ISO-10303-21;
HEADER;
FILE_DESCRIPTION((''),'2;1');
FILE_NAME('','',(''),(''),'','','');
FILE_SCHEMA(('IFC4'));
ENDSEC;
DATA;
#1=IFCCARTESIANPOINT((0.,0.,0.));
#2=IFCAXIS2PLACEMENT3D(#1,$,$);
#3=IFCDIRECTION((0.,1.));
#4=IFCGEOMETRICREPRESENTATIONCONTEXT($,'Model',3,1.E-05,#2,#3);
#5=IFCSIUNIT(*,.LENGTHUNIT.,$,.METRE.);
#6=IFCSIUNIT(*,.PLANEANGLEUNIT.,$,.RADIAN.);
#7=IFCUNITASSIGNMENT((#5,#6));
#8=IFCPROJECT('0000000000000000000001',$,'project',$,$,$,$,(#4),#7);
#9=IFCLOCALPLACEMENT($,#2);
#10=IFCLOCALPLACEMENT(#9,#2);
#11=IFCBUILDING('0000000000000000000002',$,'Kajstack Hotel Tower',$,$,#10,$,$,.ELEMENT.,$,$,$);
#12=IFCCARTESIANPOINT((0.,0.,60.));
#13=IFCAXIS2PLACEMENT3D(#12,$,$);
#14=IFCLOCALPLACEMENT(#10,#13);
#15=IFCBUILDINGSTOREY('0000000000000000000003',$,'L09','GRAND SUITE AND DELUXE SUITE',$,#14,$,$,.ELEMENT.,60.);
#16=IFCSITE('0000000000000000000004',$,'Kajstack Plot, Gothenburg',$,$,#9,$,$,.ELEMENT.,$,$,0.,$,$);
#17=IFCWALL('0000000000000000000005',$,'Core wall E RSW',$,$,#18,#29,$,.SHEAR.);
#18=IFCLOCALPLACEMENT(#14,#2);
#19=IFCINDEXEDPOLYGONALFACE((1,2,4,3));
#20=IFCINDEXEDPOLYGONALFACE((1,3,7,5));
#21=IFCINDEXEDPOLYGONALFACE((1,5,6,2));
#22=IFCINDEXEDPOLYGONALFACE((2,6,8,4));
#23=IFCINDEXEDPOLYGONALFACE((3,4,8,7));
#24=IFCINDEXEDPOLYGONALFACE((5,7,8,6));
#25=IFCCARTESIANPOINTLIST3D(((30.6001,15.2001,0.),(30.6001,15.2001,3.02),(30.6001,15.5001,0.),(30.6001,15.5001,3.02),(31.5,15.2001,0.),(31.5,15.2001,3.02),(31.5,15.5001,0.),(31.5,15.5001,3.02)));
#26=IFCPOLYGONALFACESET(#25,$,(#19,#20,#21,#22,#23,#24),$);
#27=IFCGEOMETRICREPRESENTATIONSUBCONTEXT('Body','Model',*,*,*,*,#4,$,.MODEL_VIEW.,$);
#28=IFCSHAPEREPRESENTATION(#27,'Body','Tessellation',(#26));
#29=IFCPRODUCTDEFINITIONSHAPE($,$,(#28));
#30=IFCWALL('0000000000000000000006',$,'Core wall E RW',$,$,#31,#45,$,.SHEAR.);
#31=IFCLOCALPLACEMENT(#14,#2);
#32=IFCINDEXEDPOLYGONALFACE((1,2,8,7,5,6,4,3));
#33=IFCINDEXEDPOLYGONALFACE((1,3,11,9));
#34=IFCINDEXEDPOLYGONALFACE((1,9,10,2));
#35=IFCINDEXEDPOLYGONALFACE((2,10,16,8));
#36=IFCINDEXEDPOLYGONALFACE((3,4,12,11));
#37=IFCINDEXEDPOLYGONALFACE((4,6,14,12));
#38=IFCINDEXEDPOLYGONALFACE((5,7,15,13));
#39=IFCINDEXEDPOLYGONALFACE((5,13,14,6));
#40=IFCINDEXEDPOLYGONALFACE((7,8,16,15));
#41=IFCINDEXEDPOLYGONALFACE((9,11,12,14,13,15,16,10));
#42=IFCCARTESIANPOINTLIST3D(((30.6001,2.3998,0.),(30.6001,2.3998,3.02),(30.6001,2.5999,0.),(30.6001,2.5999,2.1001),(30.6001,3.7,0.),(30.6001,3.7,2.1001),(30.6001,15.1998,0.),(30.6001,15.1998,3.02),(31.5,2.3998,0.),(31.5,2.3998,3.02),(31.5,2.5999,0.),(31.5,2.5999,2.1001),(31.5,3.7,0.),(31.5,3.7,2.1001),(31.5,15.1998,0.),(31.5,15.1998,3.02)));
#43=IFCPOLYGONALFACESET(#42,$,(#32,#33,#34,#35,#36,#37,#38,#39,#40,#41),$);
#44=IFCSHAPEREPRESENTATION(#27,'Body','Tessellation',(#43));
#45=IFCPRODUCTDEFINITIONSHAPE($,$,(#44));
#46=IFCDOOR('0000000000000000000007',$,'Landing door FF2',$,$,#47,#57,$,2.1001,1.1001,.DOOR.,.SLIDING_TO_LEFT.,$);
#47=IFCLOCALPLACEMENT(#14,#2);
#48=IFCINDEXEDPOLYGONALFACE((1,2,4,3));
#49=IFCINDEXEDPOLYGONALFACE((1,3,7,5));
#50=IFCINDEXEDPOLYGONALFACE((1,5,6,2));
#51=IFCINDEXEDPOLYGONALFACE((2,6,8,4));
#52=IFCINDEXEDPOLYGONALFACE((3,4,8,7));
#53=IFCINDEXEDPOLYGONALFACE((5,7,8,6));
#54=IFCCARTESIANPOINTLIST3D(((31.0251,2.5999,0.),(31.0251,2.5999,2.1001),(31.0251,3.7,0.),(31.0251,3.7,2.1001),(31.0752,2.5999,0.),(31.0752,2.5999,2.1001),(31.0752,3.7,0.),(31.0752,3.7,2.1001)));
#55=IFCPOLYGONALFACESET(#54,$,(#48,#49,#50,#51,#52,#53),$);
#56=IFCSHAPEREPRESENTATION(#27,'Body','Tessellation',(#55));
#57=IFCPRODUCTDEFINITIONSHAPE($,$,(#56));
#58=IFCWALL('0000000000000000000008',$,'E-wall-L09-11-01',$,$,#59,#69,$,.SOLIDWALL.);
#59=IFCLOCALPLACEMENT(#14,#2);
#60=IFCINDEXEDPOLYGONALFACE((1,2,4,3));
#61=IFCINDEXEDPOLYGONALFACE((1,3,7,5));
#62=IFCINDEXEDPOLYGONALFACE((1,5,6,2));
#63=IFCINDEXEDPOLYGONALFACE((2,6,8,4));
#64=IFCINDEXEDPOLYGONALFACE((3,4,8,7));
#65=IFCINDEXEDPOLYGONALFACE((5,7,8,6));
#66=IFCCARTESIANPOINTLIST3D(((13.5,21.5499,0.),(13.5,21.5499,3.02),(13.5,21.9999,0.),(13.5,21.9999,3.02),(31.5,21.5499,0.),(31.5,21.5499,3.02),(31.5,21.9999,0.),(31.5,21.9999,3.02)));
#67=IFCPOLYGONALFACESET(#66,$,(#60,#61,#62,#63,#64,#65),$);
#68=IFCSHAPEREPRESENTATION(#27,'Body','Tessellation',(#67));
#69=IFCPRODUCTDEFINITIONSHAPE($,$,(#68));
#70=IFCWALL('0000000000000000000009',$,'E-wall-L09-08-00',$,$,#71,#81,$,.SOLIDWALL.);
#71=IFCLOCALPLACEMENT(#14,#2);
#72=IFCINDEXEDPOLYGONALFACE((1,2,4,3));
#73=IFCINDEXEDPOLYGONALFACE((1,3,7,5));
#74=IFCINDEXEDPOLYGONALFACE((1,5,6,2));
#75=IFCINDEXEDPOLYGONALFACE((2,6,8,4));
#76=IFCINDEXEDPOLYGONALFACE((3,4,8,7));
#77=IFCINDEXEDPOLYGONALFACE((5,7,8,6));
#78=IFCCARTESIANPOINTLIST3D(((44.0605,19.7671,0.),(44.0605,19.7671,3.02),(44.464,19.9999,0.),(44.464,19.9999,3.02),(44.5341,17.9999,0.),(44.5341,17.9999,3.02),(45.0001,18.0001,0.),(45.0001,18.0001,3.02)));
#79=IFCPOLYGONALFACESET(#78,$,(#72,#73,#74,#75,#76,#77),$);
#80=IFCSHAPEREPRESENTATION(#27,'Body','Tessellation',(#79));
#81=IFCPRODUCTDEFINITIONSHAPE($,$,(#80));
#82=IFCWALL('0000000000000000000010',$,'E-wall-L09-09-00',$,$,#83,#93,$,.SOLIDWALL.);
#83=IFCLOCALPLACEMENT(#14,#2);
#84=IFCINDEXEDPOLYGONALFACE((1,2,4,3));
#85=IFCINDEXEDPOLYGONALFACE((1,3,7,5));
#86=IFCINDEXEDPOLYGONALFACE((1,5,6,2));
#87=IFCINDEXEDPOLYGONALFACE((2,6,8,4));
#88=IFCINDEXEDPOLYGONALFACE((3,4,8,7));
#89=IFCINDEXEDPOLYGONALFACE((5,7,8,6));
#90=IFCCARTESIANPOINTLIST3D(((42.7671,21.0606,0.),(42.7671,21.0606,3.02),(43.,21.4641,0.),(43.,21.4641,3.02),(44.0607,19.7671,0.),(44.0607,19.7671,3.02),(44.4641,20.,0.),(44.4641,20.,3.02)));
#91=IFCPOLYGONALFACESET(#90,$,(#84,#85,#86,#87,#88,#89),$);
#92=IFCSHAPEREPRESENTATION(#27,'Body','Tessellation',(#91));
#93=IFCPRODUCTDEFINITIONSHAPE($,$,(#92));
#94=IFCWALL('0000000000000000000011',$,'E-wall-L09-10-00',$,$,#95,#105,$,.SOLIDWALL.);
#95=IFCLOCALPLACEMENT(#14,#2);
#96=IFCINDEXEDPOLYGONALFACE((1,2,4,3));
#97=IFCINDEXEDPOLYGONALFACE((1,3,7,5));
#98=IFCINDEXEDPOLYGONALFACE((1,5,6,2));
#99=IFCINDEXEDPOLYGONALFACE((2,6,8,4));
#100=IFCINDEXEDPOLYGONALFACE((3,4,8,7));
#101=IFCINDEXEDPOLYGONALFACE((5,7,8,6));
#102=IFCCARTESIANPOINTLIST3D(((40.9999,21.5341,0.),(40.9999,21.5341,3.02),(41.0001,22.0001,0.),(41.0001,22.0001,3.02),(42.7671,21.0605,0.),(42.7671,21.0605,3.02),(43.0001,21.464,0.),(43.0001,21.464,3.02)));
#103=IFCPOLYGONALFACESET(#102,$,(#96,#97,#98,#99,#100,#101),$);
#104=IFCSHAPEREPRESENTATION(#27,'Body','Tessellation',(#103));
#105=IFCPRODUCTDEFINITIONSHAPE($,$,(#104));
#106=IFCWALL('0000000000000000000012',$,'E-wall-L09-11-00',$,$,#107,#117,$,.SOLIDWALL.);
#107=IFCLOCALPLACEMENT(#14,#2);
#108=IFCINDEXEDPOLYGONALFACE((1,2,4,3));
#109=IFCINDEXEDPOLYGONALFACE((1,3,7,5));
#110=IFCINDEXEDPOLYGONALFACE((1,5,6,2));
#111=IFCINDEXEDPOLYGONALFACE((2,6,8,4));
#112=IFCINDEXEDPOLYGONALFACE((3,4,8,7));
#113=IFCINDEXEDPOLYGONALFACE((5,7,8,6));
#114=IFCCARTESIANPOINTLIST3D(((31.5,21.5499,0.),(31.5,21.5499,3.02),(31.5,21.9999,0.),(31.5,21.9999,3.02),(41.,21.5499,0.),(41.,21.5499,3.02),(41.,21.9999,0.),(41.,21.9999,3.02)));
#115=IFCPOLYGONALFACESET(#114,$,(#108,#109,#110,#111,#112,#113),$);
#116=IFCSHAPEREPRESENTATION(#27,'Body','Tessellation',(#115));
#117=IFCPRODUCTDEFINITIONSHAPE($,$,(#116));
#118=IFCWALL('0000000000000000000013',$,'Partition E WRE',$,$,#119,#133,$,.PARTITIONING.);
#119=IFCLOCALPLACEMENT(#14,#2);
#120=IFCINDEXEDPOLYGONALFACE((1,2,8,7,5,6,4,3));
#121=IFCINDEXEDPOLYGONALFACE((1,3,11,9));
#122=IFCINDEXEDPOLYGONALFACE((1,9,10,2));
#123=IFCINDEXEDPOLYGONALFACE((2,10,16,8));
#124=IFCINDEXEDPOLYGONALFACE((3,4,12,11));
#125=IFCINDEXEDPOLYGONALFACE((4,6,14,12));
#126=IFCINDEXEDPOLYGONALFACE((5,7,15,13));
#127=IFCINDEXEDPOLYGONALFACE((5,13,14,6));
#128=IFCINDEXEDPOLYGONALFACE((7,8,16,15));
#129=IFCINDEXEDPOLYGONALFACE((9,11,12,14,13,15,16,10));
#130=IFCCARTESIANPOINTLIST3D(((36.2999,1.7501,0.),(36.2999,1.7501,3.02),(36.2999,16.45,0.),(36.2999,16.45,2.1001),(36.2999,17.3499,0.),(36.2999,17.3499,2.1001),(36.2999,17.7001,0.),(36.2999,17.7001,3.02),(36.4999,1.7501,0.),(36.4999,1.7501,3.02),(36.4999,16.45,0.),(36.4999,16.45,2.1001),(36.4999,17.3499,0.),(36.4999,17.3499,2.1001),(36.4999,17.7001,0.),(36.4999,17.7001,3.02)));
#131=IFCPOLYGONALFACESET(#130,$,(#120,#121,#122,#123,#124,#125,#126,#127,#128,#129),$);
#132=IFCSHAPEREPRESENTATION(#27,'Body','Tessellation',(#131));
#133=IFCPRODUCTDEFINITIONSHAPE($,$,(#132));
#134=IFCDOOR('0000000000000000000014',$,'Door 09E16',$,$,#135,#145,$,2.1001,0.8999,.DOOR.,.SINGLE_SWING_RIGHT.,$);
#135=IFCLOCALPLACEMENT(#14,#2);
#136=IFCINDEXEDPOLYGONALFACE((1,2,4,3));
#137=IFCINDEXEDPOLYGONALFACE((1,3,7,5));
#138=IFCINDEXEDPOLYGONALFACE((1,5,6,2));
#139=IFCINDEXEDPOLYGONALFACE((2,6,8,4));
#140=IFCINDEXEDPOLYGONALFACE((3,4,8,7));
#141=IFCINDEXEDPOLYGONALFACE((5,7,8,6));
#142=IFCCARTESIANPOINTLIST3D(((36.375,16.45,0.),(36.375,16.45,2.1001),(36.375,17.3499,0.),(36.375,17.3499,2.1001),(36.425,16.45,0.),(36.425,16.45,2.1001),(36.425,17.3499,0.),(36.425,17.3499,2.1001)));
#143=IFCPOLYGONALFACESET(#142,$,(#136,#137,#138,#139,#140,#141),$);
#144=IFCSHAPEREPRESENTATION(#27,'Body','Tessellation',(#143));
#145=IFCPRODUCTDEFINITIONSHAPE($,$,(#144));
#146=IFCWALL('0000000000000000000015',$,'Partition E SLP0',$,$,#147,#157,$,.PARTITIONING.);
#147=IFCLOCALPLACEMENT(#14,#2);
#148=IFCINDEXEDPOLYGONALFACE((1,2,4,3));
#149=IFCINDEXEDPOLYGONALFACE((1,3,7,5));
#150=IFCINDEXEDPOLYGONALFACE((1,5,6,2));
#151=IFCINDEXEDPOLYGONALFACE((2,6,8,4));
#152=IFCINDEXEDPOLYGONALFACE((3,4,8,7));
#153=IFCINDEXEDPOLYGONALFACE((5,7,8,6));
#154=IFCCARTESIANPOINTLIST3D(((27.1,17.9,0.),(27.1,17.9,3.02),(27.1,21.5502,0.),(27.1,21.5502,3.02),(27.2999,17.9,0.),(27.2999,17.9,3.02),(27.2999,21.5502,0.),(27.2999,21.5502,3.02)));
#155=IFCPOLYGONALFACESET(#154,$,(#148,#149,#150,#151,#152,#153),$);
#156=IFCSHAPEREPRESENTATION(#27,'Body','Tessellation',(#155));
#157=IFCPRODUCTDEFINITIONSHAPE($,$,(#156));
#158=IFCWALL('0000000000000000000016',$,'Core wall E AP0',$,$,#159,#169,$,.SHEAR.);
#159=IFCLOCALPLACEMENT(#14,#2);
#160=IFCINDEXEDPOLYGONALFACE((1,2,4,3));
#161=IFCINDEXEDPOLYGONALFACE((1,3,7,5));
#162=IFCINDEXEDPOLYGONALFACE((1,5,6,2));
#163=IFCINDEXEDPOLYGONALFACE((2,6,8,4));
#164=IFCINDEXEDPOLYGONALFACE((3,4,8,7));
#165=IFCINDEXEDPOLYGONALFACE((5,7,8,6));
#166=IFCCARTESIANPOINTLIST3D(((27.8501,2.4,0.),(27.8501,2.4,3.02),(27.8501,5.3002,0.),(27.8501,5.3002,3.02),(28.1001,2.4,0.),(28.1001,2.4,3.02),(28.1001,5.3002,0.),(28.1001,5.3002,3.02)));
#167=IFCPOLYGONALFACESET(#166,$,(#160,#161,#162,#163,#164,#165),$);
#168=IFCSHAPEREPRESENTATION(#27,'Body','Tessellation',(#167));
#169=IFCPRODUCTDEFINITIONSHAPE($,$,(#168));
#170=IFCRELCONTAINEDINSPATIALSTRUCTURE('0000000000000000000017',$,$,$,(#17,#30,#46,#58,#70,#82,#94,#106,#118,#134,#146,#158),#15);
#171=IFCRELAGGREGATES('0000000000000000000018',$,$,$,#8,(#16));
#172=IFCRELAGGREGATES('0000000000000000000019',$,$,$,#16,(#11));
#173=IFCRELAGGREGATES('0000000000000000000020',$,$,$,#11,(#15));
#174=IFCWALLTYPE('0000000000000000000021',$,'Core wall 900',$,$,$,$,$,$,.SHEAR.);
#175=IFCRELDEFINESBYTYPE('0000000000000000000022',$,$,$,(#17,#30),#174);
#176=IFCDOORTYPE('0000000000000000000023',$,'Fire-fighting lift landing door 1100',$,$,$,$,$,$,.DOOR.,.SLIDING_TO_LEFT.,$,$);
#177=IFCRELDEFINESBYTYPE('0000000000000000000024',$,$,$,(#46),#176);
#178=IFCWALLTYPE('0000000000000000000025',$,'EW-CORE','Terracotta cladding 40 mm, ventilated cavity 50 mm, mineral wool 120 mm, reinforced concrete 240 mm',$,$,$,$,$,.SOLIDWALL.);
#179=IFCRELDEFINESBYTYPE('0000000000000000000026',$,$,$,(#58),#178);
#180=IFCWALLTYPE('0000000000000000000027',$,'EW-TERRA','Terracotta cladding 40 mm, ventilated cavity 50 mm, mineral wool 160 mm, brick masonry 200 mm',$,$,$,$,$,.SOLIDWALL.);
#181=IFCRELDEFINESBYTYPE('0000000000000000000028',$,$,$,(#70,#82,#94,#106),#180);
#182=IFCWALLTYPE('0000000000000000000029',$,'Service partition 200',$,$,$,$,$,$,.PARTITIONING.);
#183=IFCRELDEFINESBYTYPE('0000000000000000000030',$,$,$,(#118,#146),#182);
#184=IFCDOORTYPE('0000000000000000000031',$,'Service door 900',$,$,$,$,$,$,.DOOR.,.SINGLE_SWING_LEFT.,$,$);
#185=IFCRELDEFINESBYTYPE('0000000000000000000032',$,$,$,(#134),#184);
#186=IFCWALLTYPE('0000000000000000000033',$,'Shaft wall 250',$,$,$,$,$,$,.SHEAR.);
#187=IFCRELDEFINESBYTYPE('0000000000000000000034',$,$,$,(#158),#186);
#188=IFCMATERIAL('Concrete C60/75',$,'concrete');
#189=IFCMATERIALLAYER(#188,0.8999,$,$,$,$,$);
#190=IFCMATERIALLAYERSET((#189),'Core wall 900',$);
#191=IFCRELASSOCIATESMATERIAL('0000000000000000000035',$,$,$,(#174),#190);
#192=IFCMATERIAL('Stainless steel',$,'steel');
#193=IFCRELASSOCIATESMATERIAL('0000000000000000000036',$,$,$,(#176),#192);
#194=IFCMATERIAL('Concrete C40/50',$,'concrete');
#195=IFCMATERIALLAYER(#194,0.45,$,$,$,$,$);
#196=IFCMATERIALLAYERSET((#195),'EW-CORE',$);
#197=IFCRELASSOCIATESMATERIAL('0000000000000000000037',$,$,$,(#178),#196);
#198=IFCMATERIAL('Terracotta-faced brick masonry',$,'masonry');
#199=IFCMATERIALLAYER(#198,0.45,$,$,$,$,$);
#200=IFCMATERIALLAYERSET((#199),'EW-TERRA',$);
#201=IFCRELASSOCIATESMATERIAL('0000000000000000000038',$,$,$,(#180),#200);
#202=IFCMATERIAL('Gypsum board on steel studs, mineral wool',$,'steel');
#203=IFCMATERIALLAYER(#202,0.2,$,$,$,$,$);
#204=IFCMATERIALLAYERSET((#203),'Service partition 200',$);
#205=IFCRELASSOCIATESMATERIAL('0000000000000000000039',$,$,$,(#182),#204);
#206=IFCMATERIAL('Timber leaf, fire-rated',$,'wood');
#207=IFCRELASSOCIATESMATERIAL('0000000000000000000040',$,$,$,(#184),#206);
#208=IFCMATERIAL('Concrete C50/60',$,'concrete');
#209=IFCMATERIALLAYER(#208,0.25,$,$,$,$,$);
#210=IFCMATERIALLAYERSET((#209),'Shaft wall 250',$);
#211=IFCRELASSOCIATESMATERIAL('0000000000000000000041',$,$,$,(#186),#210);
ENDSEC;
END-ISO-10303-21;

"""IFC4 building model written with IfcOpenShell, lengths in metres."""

from ifc_helpers import new_model, si_unit, direction, frame, frame_2d, origin, place, context, subcontext, project, spatial, polyline, rectangle, outline, extrude, material, layer, layer_set, type_object, element, fill, save


model = new_model("IFC4")

# Units and contexts
model_context = context("Model", 3, precision=1e-05, world=origin(), true_north=direction((0.0, 1.0)))
body_context = subcontext(model_context, "Body", "Model", "MODEL_VIEW")
ifc_project = project(units=[si_unit("LENGTHUNIT", "METRE"), si_unit("PLANEANGLEUNIT", "RADIAN")], contexts=[model_context])

# Site, building, storey
site_placement = place(None, origin())
site = spatial("IfcSite", under=ifc_project, at=site_placement, Name="Kajstack Plot, Gothenburg", CompositionType="ELEMENT", RefElevation=0.0)
building_placement = place(site_placement, origin())
building = spatial("IfcBuilding", under=site, at=building_placement, Name="Kajstack Hotel Tower", CompositionType="ELEMENT")
storey_placement = place(building_placement, frame((0.0, 0.0, 60.0)))
storey = spatial("IfcBuildingStorey", under=building, at=storey_placement, Name="L09", Description="GRAND SUITE AND DELUXE SUITE", CompositionType="ELEMENT", Elevation=60.0)

# Wall
ifc_material_1 = material(Name="Concrete C60/75", Category="concrete")
ifc_layer_1 = layer(ifc_material_1, 0.8999)
ifc_layer_set_1 = layer_set([ifc_layer_1], Name="Core wall 900")
wall_type_1 = type_object("IfcWallType", Name="Core wall 900", PredefinedType="SHEAR", material=ifc_layer_set_1)
wall_1_placement = place(storey_placement, frame((30.6001, 15.3501, 0.0), z_axis=(0.0, 0.0, 1.0), x_axis=(1.0, 0.0, 0.0)))
element("IfcWall", 1, at=wall_1_placement, inside=storey, type_object=wall_type_1, Name="Core wall E RSW", PredefinedType="SHEAR", context=body_context, shape_type="SweptSolid", body=[
    extrude(rectangle(XDim=0.8999, YDim=0.3, at=frame_2d((0.45, 0.0))), origin(), (0.0, 0.0, 1.0), 3.02),
])

# Wall, opening, door
wall_2_placement = place(storey_placement, frame((31.05, 2.3999, 0.0), z_axis=(0.0, 0.0, 1.0), x_axis=(0.0, 1.0, 0.0)))
wall_2 = element("IfcWall", 2, at=wall_2_placement, inside=storey, type_object=wall_type_1, Name="Core wall E RW", PredefinedType="SHEAR", context=body_context, shape_type="SweptSolid", body=[
    extrude(rectangle(XDim=12.8, YDim=0.8999, at=frame_2d((6.3999, 0.0))), origin(), (0.0, 0.0, 1.0), 3.02),
])
opening_1_placement = place(wall_2_placement, frame((0.2, 0.0, 0.0)))
opening_1 = element("IfcOpeningElement", 3, at=opening_1_placement, cuts=wall_2, PredefinedType="OPENING", context=body_context, shape_type="SweptSolid", body=[
    extrude(rectangle(XDim=1.1001, YDim=2.1001, at=frame_2d((0.55, 1.05))), frame((0.0, 0.46, 0.0), z_axis=(0.0, -1.0, 0.0), x_axis=(1.0, 0.0, 0.0)), (0.0, 0.0, 1.0), 0.9199),
])
ifc_material_2 = material(Name="Stainless steel", Category="steel")
door_type_1 = type_object("IfcDoorType", Name="Fire-fighting lift landing door 1100", OperationType="SLIDING_TO_LEFT", PredefinedType="DOOR", material=ifc_material_2)
door_1_placement = place(opening_1_placement, origin())
door_1 = element("IfcDoor", 4, at=door_1_placement, inside=storey, type_object=door_type_1, Name="Landing door FF2", OperationType="SLIDING_TO_LEFT", OverallHeight=2.1001, OverallWidth=1.1001, PredefinedType="DOOR", context=body_context, shape_type="SweptSolid", body=[
    extrude(rectangle(XDim=1.1001, YDim=2.1001, at=frame_2d((0.55, 1.05))), frame((0.0, 0.0249, 0.0), z_axis=(0.0, -1.0, 0.0), x_axis=(1.0, 0.0, 0.0)), (0.0, 0.0, 1.0), 0.05),
])
fill(opening_1, door_1)

# Walls
ifc_material_3 = material(Name="Concrete C40/50", Category="concrete")
ifc_layer_2 = layer(ifc_material_3, 0.45)
ifc_layer_set_2 = layer_set([ifc_layer_2], Name="EW-CORE")
wall_type_2 = type_object("IfcWallType", Name="EW-CORE", Description="Terracotta cladding 40 mm, ventilated cavity 50 mm, mineral wool 120 mm, reinforced concrete 240 mm", PredefinedType="SOLIDWALL", material=ifc_layer_set_2)
wall_3_placement = place(storey_placement, frame((31.5, 21.7749, 0.0), z_axis=(0.0, 0.0, 1.0), x_axis=(-1.0, 0.0, 0.0)))
element("IfcWall", 5, at=wall_3_placement, inside=storey, type_object=wall_type_2, Name="E-wall-L09-11-01", PredefinedType="SOLIDWALL", context=body_context, shape_type="SweptSolid", body=[
    extrude(rectangle(XDim=18.0, YDim=0.45, at=frame_2d((9.0, 0.0))), origin(), (0.0, 0.0, 1.0), 3.02),
])
ifc_material_4 = material(Name="Terracotta-faced brick masonry", Category="masonry")
ifc_layer_3 = layer(ifc_material_4, 0.45)
ifc_layer_set_3 = layer_set([ifc_layer_3], Name="EW-TERRA")
wall_type_3 = type_object("IfcWallType", Name="EW-TERRA", Description="Terracotta cladding 40 mm, ventilated cavity 50 mm, mineral wool 160 mm, brick masonry 200 mm", PredefinedType="SOLIDWALL", material=ifc_layer_set_3)
wall_4_placement = place(storey_placement, frame((44.7827, 17.9417, 0.0), z_axis=(0.0, 0.0, 1.0), x_axis=(-0.258815, 0.965927, 0.0)))
element("IfcWall", 6, at=wall_4_placement, inside=storey, type_object=wall_type_3, Name="E-wall-L09-08-00", PredefinedType="SOLIDWALL", context=body_context, shape_type="SweptSolid", body=[
    extrude(outline(polyline([(0.0002, -0.2251), (2.0706, -0.2249), (1.9502, 0.2251), (0.1206, 0.2251), (0.0002, -0.2251)])), origin(), (0.0, 0.0, 1.0), 3.02),
])
wall_5_placement = place(storey_placement, frame((44.3049, 19.8408, 0.0), z_axis=(0.0, 0.0, 1.0), x_axis=(-0.707107, 0.707107, 0.0)))
element("IfcWall", 7, at=wall_5_placement, inside=storey, type_object=wall_type_3, Name="E-wall-L09-09-00", PredefinedType="SOLIDWALL", context=body_context, shape_type="SweptSolid", body=[
    extrude(outline(polyline([(0.0, -0.2251), (2.0706, -0.2251), (1.95, 0.2249), (0.1206, 0.2249), (0.0, -0.2251)])), origin(), (0.0, 0.0, 1.0), 3.02),
])
wall_6_placement = place(storey_placement, frame((42.9417, 21.2468, 0.0), z_axis=(0.0, 0.0, 1.0), x_axis=(-0.965927, 0.258815, 0.0)))
element("IfcWall", 8, at=wall_6_placement, inside=storey, type_object=wall_type_3, Name="E-wall-L09-10-00", PredefinedType="SOLIDWALL", context=body_context, shape_type="SweptSolid", body=[
    extrude(outline(polyline([(-0.0002, -0.2249), (2.0703, -0.2251), (1.95, 0.2251), (0.1204, 0.2251), (-0.0002, -0.2249)])), origin(), (0.0, 0.0, 1.0), 3.02),
])
wall_7_placement = place(storey_placement, frame((41.0, 21.7749, 0.0), z_axis=(0.0, 0.0, 1.0), x_axis=(-1.0, 0.0, 0.0)))
element("IfcWall", 9, at=wall_7_placement, inside=storey, type_object=wall_type_3, Name="E-wall-L09-11-00", PredefinedType="SOLIDWALL", context=body_context, shape_type="SweptSolid", body=[
    extrude(rectangle(XDim=9.5, YDim=0.45, at=frame_2d((4.75, 0.0))), origin(), (0.0, 0.0, 1.0), 3.02),
])

# Wall, opening, door
ifc_material_5 = material(Name="Gypsum board on steel studs, mineral wool", Category="steel")
ifc_layer_4 = layer(ifc_material_5, 0.2)
ifc_layer_set_4 = layer_set([ifc_layer_4], Name="Service partition 200")
wall_type_4 = type_object("IfcWallType", Name="Service partition 200", PredefinedType="PARTITIONING", material=ifc_layer_set_4)
wall_8_placement = place(storey_placement, frame((36.3999, 1.75, 0.0), z_axis=(0.0, 0.0, 1.0), x_axis=(0.0, 1.0, 0.0)))
wall_8 = element("IfcWall", 10, at=wall_8_placement, inside=storey, type_object=wall_type_4, Name="Partition E WRE", PredefinedType="PARTITIONING", context=body_context, shape_type="SweptSolid", body=[
    extrude(rectangle(XDim=15.95, YDim=0.2, at=frame_2d((7.9751, 0.0))), origin(), (0.0, 0.0, 1.0), 3.02),
])
opening_2_placement = place(wall_8_placement, frame((14.7, 0.0, 0.0)))
opening_2 = element("IfcOpeningElement", 11, at=opening_2_placement, cuts=wall_8, PredefinedType="OPENING", context=body_context, shape_type="SweptSolid", body=[
    extrude(rectangle(XDim=0.8999, YDim=2.1001, at=frame_2d((0.45, 1.05))), frame((0.0, 0.1099, 0.0), z_axis=(0.0, -1.0, 0.0), x_axis=(1.0, 0.0, 0.0)), (0.0, 0.0, 1.0), 0.22),
])
ifc_material_6 = material(Name="Timber leaf, fire-rated", Category="wood")
door_type_2 = type_object("IfcDoorType", Name="Service door 900", OperationType="SINGLE_SWING_LEFT", PredefinedType="DOOR", material=ifc_material_6)
door_2_placement = place(opening_2_placement, origin())
door_2 = element("IfcDoor", 12, at=door_2_placement, inside=storey, type_object=door_type_2, Name="Door 09E16", OperationType="SINGLE_SWING_RIGHT", OverallHeight=2.1001, OverallWidth=0.8999, PredefinedType="DOOR", context=body_context, shape_type="SweptSolid", body=[
    extrude(rectangle(XDim=0.8999, YDim=2.1001, at=frame_2d((0.45, 1.05))), frame((0.0, 0.0249, 0.0), z_axis=(0.0, -1.0, 0.0), x_axis=(1.0, 0.0, 0.0)), (0.0, 0.0, 1.0), 0.05),
])
fill(opening_2, door_2)

# Walls
wall_9_placement = place(storey_placement, frame((27.2, 17.8999, 0.0), z_axis=(0.0, 0.0, 1.0), x_axis=(0.0, 1.0, 0.0)))
element("IfcWall", 13, at=wall_9_placement, inside=storey, type_object=wall_type_4, Name="Partition E SLP0", PredefinedType="PARTITIONING", context=body_context, shape_type="SweptSolid", body=[
    extrude(rectangle(XDim=3.6501, YDim=0.2, at=frame_2d((1.8252, 0.0))), origin(), (0.0, 0.0, 1.0), 3.02),
])
ifc_material_7 = material(Name="Concrete C50/60", Category="concrete")
ifc_layer_5 = layer(ifc_material_7, 0.25)
ifc_layer_set_5 = layer_set([ifc_layer_5], Name="Shaft wall 250")
wall_type_5 = type_object("IfcWallType", Name="Shaft wall 250", PredefinedType="SHEAR", material=ifc_layer_set_5)
wall_10_placement = place(storey_placement, frame((27.9751, 2.3999, 0.0), z_axis=(0.0, 0.0, 1.0), x_axis=(0.0, 1.0, 0.0)))
element("IfcWall", 14, at=wall_10_placement, inside=storey, type_object=wall_type_5, Name="Core wall E AP0", PredefinedType="SHEAR", context=body_context, shape_type="SweptSolid", body=[
    extrude(rectangle(XDim=2.9001, YDim=0.25, at=frame_2d((1.4502, 0.0))), origin(), (0.0, 0.0, 1.0), 3.02),
])

save(model, "model.ifc")
